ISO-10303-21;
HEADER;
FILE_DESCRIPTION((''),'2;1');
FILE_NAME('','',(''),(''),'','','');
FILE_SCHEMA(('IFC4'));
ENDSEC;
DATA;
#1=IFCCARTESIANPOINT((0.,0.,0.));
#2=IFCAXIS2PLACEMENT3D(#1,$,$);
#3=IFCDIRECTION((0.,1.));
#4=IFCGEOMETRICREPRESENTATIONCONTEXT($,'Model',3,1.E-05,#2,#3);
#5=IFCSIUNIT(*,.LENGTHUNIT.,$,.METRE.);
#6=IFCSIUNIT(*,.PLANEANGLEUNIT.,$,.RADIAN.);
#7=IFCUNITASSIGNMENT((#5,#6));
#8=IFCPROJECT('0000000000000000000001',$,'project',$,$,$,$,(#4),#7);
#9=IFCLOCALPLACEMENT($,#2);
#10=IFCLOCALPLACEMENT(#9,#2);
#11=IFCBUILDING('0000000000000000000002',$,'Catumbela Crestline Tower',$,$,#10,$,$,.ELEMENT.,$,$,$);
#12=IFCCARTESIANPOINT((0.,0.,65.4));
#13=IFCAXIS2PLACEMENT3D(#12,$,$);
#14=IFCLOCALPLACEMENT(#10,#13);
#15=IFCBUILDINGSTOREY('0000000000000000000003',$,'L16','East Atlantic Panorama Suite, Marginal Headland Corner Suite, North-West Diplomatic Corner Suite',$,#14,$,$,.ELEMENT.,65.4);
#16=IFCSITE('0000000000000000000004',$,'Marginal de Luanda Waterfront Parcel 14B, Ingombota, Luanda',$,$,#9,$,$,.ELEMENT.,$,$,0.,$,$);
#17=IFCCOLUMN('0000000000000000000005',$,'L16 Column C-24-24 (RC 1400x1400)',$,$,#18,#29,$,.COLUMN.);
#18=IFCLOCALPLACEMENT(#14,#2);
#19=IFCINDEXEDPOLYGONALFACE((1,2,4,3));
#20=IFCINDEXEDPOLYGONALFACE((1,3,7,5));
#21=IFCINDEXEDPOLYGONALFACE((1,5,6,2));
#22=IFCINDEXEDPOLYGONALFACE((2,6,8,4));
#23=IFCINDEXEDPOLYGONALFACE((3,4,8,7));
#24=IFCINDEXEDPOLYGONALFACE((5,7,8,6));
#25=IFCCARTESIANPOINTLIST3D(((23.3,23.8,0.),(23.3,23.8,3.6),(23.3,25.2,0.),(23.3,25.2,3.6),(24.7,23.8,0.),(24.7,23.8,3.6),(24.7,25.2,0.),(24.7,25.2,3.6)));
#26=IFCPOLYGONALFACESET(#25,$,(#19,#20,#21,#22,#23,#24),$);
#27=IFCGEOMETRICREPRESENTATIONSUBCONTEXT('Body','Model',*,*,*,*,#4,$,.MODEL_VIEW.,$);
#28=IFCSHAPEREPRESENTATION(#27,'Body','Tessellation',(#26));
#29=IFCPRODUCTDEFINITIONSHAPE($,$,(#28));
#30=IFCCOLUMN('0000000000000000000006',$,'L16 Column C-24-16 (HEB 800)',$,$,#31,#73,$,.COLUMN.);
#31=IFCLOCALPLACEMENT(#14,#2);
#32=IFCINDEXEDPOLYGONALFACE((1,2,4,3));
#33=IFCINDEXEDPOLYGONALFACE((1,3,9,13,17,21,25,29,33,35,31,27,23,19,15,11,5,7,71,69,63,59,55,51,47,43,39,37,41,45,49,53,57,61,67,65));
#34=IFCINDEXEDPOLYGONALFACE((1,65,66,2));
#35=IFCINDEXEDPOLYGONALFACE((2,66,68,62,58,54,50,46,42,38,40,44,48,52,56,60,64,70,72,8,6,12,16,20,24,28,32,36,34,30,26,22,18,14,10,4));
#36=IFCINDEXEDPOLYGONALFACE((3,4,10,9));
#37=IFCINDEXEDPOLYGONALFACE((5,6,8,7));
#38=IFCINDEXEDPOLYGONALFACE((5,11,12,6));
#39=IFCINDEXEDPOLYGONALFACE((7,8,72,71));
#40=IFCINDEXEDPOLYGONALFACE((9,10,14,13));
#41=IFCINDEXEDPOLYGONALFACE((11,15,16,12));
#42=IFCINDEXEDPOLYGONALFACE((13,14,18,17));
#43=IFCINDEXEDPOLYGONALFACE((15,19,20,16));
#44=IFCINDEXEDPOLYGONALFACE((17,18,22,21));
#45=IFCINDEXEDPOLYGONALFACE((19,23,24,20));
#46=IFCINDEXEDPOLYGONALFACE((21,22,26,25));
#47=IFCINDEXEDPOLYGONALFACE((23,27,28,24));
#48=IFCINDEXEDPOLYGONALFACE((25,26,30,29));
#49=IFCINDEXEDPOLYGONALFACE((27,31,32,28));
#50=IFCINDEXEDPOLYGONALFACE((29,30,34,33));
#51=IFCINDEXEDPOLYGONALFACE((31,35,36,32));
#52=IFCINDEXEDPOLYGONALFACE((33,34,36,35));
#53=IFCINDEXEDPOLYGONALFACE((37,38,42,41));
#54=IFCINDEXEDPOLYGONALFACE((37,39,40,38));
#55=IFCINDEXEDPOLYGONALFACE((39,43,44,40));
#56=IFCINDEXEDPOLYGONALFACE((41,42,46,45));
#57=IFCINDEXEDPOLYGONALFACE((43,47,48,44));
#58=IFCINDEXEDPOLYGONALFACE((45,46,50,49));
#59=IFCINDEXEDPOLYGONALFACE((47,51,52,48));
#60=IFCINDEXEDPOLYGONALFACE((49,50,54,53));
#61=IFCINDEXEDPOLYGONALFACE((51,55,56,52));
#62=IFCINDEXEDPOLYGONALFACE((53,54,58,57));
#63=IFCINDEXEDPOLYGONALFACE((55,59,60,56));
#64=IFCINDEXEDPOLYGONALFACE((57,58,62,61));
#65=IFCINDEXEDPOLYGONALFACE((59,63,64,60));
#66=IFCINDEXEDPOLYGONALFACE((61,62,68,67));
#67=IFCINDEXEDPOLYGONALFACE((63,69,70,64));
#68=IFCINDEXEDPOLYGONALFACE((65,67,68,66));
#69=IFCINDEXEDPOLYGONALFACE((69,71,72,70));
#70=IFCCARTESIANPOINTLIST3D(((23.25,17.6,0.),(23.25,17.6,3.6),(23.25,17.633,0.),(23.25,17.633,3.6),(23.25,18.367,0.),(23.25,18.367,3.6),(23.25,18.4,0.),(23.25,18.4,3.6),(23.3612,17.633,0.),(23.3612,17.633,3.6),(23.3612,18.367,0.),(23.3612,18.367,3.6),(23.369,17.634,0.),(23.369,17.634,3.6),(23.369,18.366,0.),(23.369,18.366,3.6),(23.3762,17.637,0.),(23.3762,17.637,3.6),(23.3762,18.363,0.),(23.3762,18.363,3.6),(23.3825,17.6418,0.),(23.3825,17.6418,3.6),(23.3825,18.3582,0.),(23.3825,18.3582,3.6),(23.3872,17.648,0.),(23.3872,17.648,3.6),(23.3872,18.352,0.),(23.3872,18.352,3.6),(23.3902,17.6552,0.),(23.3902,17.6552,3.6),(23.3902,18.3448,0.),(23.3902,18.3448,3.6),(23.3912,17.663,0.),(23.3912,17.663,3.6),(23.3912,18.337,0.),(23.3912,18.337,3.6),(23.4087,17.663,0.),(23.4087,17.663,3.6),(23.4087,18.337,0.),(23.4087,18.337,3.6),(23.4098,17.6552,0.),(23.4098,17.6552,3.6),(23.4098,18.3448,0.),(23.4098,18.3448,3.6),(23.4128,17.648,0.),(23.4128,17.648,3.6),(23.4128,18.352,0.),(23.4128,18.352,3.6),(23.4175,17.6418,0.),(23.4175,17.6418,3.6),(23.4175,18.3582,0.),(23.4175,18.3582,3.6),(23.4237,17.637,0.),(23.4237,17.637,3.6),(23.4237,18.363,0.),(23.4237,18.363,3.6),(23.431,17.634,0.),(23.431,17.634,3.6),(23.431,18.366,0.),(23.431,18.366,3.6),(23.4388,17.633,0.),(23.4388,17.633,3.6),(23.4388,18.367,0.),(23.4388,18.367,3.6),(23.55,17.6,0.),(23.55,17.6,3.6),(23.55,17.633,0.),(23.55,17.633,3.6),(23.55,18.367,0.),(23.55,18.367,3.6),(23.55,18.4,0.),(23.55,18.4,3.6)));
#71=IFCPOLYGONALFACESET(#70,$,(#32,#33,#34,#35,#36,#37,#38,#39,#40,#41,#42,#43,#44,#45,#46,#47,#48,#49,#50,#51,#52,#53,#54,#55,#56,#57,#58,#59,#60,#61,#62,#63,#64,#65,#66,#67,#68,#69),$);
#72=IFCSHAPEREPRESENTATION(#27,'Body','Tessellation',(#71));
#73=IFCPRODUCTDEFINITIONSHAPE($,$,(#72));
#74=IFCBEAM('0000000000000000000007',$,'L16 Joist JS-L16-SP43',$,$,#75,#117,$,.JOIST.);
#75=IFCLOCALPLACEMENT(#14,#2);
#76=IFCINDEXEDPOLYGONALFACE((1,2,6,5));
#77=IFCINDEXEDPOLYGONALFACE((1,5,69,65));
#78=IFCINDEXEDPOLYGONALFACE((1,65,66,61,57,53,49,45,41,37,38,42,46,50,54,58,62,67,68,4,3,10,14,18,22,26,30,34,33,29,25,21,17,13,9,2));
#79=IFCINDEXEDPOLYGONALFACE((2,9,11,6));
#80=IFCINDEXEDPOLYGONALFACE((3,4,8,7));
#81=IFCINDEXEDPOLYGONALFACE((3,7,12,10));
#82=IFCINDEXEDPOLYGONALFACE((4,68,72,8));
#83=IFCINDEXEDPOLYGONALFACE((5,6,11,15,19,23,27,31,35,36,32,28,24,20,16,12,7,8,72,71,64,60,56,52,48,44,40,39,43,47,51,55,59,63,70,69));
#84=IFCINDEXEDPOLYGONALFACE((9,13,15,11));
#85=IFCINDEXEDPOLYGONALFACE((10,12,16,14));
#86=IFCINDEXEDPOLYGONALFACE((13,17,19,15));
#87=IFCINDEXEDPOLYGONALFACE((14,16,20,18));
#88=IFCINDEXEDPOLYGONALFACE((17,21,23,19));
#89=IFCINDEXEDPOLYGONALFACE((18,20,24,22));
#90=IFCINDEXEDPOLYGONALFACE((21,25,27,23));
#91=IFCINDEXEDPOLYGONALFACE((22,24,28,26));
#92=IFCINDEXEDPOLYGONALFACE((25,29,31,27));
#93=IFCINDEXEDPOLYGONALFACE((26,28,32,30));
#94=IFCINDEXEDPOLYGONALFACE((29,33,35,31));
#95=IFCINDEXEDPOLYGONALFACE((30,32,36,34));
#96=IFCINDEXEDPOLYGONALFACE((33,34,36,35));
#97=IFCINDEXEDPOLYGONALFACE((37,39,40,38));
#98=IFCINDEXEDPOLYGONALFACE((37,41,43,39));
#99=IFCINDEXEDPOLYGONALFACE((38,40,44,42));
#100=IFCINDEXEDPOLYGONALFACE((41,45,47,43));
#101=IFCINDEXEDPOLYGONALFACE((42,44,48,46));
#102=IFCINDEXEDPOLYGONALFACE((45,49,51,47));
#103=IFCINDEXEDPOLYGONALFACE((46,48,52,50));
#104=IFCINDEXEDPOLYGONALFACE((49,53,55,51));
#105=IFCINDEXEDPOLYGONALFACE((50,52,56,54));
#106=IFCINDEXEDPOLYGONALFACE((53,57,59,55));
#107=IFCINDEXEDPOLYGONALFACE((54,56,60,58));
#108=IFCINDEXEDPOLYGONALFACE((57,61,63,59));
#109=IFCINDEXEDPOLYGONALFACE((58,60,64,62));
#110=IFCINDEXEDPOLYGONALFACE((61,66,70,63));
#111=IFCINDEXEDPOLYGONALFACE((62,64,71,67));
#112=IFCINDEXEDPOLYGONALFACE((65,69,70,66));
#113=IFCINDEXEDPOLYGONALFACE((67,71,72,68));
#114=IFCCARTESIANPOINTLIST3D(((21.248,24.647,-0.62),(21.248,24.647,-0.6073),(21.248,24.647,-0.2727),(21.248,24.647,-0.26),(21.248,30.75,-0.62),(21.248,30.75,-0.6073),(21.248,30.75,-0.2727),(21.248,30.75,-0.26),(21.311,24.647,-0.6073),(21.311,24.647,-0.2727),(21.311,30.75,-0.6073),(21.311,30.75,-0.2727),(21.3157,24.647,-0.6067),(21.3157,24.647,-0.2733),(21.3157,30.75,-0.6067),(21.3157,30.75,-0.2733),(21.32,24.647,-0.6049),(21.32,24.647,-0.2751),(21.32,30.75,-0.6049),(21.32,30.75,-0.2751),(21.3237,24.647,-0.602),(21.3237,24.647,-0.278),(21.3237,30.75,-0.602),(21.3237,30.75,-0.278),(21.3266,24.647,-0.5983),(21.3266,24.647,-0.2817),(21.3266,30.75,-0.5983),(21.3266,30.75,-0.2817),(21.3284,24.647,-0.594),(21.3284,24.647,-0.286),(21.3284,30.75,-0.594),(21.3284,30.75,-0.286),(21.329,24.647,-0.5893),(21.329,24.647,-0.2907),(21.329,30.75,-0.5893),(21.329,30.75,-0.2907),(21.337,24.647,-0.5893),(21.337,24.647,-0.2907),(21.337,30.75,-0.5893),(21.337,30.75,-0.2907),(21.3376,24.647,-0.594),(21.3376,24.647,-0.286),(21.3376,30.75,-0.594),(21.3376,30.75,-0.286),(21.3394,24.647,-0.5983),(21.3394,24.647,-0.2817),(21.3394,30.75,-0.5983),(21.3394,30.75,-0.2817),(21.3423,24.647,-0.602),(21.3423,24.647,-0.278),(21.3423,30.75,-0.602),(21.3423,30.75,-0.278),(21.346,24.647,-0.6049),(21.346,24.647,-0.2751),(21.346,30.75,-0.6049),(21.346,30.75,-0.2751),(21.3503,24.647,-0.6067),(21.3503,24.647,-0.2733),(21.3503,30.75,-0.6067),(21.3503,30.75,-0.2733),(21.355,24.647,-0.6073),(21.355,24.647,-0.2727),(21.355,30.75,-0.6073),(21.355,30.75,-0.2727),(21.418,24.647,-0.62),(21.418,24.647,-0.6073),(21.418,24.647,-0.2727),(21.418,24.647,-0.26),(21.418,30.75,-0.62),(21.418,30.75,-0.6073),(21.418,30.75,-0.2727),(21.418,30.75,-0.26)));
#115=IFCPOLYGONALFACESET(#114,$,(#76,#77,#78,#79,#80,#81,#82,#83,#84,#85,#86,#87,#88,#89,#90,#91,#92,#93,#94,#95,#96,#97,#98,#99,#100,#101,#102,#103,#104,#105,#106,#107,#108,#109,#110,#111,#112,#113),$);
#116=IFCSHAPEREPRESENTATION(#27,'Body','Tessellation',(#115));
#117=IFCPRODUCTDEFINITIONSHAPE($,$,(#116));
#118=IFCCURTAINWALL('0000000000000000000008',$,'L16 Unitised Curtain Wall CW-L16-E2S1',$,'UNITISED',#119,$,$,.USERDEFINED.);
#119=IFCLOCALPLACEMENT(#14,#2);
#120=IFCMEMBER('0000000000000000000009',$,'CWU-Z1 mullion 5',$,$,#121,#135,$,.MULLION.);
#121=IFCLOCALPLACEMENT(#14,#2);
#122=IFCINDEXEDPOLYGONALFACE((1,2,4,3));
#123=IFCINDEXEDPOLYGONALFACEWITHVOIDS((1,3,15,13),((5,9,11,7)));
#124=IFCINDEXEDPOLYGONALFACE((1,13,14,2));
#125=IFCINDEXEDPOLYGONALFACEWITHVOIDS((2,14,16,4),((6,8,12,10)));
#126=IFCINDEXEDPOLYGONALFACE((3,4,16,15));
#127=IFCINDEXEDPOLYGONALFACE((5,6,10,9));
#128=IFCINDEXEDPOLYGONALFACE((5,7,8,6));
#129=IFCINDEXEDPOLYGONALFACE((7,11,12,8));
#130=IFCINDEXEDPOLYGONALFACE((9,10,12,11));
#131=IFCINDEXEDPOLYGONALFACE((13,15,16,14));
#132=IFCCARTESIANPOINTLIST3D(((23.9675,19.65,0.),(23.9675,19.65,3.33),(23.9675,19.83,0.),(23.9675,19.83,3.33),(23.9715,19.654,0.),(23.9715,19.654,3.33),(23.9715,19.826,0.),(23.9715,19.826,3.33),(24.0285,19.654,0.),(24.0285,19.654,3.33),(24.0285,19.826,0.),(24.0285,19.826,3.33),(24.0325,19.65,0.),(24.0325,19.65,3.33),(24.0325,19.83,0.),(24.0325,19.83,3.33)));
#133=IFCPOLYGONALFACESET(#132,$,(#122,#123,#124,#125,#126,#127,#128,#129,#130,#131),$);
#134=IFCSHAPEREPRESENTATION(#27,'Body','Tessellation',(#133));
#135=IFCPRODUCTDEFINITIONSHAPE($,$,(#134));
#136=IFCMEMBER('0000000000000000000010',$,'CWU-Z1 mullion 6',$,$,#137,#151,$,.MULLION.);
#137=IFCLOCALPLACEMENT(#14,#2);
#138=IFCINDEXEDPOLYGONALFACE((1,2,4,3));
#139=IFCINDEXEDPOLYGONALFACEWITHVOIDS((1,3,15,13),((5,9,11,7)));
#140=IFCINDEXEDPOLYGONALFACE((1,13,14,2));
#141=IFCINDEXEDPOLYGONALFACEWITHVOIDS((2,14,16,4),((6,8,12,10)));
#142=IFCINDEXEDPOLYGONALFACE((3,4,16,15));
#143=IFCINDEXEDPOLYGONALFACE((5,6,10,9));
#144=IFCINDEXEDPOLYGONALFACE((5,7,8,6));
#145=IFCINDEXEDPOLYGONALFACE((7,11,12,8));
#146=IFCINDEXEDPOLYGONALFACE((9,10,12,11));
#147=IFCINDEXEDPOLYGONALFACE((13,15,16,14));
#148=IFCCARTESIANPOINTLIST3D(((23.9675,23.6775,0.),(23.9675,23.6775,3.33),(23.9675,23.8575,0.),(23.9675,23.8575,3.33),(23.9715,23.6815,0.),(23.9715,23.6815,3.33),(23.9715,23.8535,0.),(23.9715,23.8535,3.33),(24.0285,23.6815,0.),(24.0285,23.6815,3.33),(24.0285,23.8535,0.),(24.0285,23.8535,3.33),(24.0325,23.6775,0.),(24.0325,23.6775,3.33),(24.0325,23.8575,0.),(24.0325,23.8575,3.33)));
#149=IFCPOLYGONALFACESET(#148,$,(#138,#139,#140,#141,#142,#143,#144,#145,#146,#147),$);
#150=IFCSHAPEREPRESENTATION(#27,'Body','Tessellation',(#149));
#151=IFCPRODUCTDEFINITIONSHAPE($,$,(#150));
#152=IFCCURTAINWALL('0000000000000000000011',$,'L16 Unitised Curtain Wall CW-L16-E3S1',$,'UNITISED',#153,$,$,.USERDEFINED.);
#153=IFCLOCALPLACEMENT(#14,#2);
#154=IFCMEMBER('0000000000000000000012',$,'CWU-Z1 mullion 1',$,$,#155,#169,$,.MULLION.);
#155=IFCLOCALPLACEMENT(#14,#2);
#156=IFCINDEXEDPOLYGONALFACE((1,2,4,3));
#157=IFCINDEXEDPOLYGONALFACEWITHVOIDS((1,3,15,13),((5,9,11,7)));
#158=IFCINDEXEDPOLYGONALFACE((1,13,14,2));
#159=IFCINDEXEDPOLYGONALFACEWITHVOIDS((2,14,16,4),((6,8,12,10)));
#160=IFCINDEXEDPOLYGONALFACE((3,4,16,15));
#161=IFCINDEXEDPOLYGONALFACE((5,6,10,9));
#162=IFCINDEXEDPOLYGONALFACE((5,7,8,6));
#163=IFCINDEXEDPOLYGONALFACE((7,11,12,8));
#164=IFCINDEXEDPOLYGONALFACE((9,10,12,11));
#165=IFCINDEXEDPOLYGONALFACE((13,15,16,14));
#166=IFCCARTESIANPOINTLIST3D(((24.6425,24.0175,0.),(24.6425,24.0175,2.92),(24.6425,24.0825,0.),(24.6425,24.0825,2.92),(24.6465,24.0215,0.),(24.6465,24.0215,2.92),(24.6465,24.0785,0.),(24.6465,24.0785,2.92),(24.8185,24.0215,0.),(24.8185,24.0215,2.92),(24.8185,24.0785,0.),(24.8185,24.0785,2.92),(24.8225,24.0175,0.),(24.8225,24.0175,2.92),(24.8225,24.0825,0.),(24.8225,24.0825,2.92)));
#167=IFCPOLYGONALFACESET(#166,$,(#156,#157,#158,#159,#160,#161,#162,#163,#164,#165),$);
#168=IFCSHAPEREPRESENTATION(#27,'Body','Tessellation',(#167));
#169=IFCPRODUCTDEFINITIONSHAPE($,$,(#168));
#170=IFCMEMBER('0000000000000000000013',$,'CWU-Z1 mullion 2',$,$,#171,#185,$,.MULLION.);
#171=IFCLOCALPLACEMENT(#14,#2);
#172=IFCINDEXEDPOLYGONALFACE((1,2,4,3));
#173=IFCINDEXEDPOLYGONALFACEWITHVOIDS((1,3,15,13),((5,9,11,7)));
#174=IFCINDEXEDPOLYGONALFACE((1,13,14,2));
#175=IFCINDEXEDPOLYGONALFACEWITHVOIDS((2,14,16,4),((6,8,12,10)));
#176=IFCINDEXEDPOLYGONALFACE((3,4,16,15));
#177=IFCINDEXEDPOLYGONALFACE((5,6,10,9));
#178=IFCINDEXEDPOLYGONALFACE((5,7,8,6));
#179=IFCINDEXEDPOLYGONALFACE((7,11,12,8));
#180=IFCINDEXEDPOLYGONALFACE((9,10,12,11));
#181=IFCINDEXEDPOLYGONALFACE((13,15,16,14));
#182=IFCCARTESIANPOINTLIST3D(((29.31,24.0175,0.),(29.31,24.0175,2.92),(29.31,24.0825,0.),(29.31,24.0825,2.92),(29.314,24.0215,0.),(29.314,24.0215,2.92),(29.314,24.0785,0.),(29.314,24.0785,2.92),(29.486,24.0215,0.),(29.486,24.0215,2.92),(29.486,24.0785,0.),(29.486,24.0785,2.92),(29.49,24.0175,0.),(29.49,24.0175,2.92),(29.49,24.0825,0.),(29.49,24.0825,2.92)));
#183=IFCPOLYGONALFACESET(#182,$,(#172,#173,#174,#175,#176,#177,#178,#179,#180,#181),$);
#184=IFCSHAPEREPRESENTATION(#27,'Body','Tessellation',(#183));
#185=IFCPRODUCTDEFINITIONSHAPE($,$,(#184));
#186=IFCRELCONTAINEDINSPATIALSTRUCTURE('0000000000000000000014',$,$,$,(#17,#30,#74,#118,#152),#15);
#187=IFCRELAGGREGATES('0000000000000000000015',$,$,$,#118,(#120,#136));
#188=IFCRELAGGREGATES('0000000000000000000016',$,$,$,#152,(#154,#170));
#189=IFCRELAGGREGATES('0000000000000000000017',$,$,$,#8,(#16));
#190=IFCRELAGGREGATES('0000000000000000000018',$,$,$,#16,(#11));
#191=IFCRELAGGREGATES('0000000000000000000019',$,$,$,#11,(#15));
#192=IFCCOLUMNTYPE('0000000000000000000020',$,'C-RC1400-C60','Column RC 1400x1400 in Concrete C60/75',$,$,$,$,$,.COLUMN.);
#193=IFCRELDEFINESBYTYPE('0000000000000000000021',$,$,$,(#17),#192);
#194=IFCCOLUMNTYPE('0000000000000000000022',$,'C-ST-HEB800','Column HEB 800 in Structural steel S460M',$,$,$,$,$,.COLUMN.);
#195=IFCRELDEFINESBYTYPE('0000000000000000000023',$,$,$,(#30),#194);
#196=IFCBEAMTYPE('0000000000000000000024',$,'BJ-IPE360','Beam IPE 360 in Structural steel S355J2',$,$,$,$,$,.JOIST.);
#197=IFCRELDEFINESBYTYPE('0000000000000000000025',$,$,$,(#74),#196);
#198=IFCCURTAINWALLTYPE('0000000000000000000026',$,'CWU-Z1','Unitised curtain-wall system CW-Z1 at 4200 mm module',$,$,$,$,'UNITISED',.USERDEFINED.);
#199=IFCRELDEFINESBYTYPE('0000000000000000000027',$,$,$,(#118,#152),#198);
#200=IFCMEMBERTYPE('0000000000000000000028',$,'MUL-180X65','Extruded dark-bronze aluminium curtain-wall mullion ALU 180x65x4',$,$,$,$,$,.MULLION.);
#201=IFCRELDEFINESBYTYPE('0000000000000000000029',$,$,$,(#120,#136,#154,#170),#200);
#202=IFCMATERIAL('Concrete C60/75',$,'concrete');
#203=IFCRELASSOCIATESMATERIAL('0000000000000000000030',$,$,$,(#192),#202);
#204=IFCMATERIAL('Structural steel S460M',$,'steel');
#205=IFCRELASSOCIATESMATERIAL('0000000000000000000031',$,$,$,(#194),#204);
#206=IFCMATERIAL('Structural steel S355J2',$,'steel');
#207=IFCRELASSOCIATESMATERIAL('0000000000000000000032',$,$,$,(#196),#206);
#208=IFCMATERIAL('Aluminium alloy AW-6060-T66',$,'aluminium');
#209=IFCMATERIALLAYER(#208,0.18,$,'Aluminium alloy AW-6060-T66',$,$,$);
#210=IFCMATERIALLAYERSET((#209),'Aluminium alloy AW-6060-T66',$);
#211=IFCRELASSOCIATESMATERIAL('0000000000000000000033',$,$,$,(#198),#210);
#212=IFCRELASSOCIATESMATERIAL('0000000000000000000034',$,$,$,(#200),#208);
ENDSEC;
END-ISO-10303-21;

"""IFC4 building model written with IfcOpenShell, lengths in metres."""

from ifc_helpers import new_model, si_unit, direction, frame, origin, origin_2d, place, context, subcontext, project, spatial, rectangle, hollow_rectangle, i_section, extrude, material, layer, layer_set, material_profile, profile_set, type_object, element, aggregate, save


model = new_model("IFC4")

# Units and contexts
model_context = context("Model", 3, precision=1e-05, world=origin(), true_north=direction((0.0, 1.0)))
body_context = subcontext(model_context, "Body", "Model", "MODEL_VIEW")
ifc_project = project(units=[si_unit("LENGTHUNIT", "METRE"), si_unit("PLANEANGLEUNIT", "RADIAN")], contexts=[model_context])

# Site, building, storey
site_placement = place(None, origin())
site = spatial("IfcSite", under=ifc_project, at=site_placement, Name="Marginal de Luanda Waterfront Parcel 14B, Ingombota, Luanda", CompositionType="ELEMENT", RefElevation=0.0)
building_placement = place(site_placement, origin())
building = spatial("IfcBuilding", under=site, at=building_placement, Name="Catumbela Crestline Tower", CompositionType="ELEMENT")
storey_placement = place(building_placement, frame((0.0, 0.0, 65.4)))
storey = spatial("IfcBuildingStorey", under=building, at=storey_placement, Name="L16", Description="East Atlantic Panorama Suite, Marginal Headland Corner Suite, North-West Diplomatic Corner Suite", CompositionType="ELEMENT", Elevation=65.4)

# Columns
ifc_material_1 = material(Name="Concrete C60/75", Category="concrete")
ifc_material_profile_1 = material_profile(ifc_material_1, rectangle(XDim=1.4, YDim=1.4, at=origin_2d()), Name="RC 1400x1400")
ifc_profile_set_1 = profile_set([ifc_material_profile_1], Name="Concrete C60/75")
column_type_1 = type_object("IfcColumnType", Name="C-RC1400-C60", Description="Column RC 1400x1400 in Concrete C60/75", PredefinedType="COLUMN", material=ifc_profile_set_1)
column_1_placement = place(storey_placement, frame((24.0, 24.5, 0.0), z_axis=(0.0, 0.0, 1.0), x_axis=(1.0, 0.0, 0.0)))
element("IfcColumn", 1, at=column_1_placement, inside=storey, type_object=column_type_1, Name="L16 Column C-24-24 (RC 1400x1400)", PredefinedType="COLUMN", context=body_context, shape_type="SweptSolid", body=[
    extrude(rectangle(XDim=1.4, YDim=1.4, at=origin_2d()), origin(), (0.0, 0.0, 1.0), 3.6),
])
ifc_material_2 = material(Name="Structural steel S460M", Category="steel")
ifc_material_profile_2 = material_profile(ifc_material_2, i_section(OverallWidth=0.3, OverallDepth=0.8, WebThickness=0.0175, FlangeThickness=0.033, FilletRadius=0.03, at=origin_2d()), Name="HEB 800")
ifc_profile_set_2 = profile_set([ifc_material_profile_2], Name="Structural steel S460M")
column_type_2 = type_object("IfcColumnType", Name="C-ST-HEB800", Description="Column HEB 800 in Structural steel S460M", PredefinedType="COLUMN", material=ifc_profile_set_2)
column_2_placement = place(storey_placement, frame((23.4, 18.0, 0.0), z_axis=(0.0, 0.0, 1.0), x_axis=(1.0, 0.0, 0.0)))
element("IfcColumn", 2, at=column_2_placement, inside=storey, type_object=column_type_2, Name="L16 Column C-24-16 (HEB 800)", PredefinedType="COLUMN", context=body_context, shape_type="SweptSolid", body=[
    extrude(i_section(OverallWidth=0.3, OverallDepth=0.8, WebThickness=0.0175, FlangeThickness=0.033, FilletRadius=0.03, at=origin_2d()), origin(), (0.0, 0.0, 1.0), 3.6),
])

# Beam
ifc_material_3 = material(Name="Structural steel S355J2", Category="steel")
ifc_material_profile_3 = material_profile(ifc_material_3, i_section(OverallWidth=0.17, OverallDepth=0.36, WebThickness=0.008, FlangeThickness=0.0127, FilletRadius=0.018, at=origin_2d()), Name="IPE 360")
ifc_profile_set_3 = profile_set([ifc_material_profile_3], Name="Structural steel S355J2")
beam_type_1 = type_object("IfcBeamType", Name="BJ-IPE360", Description="Beam IPE 360 in Structural steel S355J2", PredefinedType="JOIST", material=ifc_profile_set_3)
beam_1_placement = place(storey_placement, frame((21.333, 24.647, -0.44), z_axis=(0.0, 1.0, 0.0), x_axis=(-1.0, 0.0, 0.0)))
element("IfcBeam", 3, at=beam_1_placement, inside=storey, type_object=beam_type_1, Name="L16 Joist JS-L16-SP43", PredefinedType="JOIST", context=body_context, shape_type="SweptSolid", body=[
    extrude(i_section(OverallWidth=0.17, OverallDepth=0.36, WebThickness=0.008, FlangeThickness=0.0127, FilletRadius=0.018, at=origin_2d()), origin(), (0.0, 0.0, 1.0), 6.103),
])

# Curtain walls, members
ifc_material_4 = material(Name="Aluminium alloy AW-6060-T66", Category="aluminium")
ifc_layer_1 = layer(ifc_material_4, 0.18, Name="Aluminium alloy AW-6060-T66")
ifc_layer_set_1 = layer_set([ifc_layer_1], Name="Aluminium alloy AW-6060-T66")
curtain_wall_type = type_object("IfcCurtainWallType", Name="CWU-Z1", Description="Unitised curtain-wall system CW-Z1 at 4200 mm module", ElementType="UNITISED", PredefinedType="USERDEFINED", material=ifc_layer_set_1)
curtain_wall_1_placement = place(storey_placement, origin())
curtain_wall_1 = element("IfcCurtainWall", 4, at=curtain_wall_1_placement, inside=storey, type_object=curtain_wall_type, Name="L16 Unitised Curtain Wall CW-L16-E2S1", ObjectType="UNITISED", PredefinedType="USERDEFINED")
ifc_material_profile_4 = material_profile(ifc_material_4, hollow_rectangle(XDim=0.065, YDim=0.18, WallThickness=0.004, at=origin_2d()), Name="ALU 180x65x4")
ifc_profile_set_4 = profile_set([ifc_material_profile_4], Name="Aluminium alloy AW-6060-T66")
member_type_1 = type_object("IfcMemberType", Name="MUL-180X65", Description="Extruded dark-bronze aluminium curtain-wall mullion ALU 180x65x4", PredefinedType="MULLION", material=ifc_profile_set_4)
member_1_placement = place(storey_placement, frame((24.0, 19.74, 0.0), z_axis=(0.0, 0.0, 1.0), x_axis=(-1.0, 0.0, 0.0)))
member_1 = element("IfcMember", 5, at=member_1_placement, type_object=member_type_1, Name="CWU-Z1 mullion 5", PredefinedType="MULLION", context=body_context, shape_type="SweptSolid", body=[
    extrude(hollow_rectangle(XDim=0.065, YDim=0.18, WallThickness=0.004, at=origin_2d()), origin(), (0.0, 0.0, 1.0), 3.33),
])
member_2_placement = place(storey_placement, frame((24.0, 23.7675, 0.0), z_axis=(0.0, 0.0, 1.0), x_axis=(-1.0, 0.0, 0.0)))
member_2 = element("IfcMember", 6, at=member_2_placement, type_object=member_type_1, Name="CWU-Z1 mullion 6", PredefinedType="MULLION", context=body_context, shape_type="SweptSolid", body=[
    extrude(hollow_rectangle(XDim=0.065, YDim=0.18, WallThickness=0.004, at=origin_2d()), origin(), (0.0, 0.0, 1.0), 3.33),
])
curtain_wall_2_placement = place(storey_placement, origin())
curtain_wall_2 = element("IfcCurtainWall", 7, at=curtain_wall_2_placement, inside=storey, type_object=curtain_wall_type, Name="L16 Unitised Curtain Wall CW-L16-E3S1", ObjectType="UNITISED", PredefinedType="USERDEFINED")
member_3_placement = place(storey_placement, frame((24.7325, 24.05, 0.0), z_axis=(0.0, 0.0, 1.0), x_axis=(0.0, 1.0, 0.0)))
member_3 = element("IfcMember", 8, at=member_3_placement, type_object=member_type_1, Name="CWU-Z1 mullion 1", PredefinedType="MULLION", context=body_context, shape_type="SweptSolid", body=[
    extrude(hollow_rectangle(XDim=0.065, YDim=0.18, WallThickness=0.004, at=origin_2d()), origin(), (0.0, 0.0, 1.0), 2.92),
])
member_4_placement = place(storey_placement, frame((29.4, 24.05, 0.0), z_axis=(0.0, 0.0, 1.0), x_axis=(0.0, 1.0, 0.0)))
member_4 = element("IfcMember", 9, at=member_4_placement, type_object=member_type_1, Name="CWU-Z1 mullion 2", PredefinedType="MULLION", context=body_context, shape_type="SweptSolid", body=[
    extrude(hollow_rectangle(XDim=0.065, YDim=0.18, WallThickness=0.004, at=origin_2d()), origin(), (0.0, 0.0, 1.0), 2.92),
])

aggregate(curtain_wall_1, [member_1, member_2])
aggregate(curtain_wall_2, [member_3, member_4])

save(model, "model.ifc")
